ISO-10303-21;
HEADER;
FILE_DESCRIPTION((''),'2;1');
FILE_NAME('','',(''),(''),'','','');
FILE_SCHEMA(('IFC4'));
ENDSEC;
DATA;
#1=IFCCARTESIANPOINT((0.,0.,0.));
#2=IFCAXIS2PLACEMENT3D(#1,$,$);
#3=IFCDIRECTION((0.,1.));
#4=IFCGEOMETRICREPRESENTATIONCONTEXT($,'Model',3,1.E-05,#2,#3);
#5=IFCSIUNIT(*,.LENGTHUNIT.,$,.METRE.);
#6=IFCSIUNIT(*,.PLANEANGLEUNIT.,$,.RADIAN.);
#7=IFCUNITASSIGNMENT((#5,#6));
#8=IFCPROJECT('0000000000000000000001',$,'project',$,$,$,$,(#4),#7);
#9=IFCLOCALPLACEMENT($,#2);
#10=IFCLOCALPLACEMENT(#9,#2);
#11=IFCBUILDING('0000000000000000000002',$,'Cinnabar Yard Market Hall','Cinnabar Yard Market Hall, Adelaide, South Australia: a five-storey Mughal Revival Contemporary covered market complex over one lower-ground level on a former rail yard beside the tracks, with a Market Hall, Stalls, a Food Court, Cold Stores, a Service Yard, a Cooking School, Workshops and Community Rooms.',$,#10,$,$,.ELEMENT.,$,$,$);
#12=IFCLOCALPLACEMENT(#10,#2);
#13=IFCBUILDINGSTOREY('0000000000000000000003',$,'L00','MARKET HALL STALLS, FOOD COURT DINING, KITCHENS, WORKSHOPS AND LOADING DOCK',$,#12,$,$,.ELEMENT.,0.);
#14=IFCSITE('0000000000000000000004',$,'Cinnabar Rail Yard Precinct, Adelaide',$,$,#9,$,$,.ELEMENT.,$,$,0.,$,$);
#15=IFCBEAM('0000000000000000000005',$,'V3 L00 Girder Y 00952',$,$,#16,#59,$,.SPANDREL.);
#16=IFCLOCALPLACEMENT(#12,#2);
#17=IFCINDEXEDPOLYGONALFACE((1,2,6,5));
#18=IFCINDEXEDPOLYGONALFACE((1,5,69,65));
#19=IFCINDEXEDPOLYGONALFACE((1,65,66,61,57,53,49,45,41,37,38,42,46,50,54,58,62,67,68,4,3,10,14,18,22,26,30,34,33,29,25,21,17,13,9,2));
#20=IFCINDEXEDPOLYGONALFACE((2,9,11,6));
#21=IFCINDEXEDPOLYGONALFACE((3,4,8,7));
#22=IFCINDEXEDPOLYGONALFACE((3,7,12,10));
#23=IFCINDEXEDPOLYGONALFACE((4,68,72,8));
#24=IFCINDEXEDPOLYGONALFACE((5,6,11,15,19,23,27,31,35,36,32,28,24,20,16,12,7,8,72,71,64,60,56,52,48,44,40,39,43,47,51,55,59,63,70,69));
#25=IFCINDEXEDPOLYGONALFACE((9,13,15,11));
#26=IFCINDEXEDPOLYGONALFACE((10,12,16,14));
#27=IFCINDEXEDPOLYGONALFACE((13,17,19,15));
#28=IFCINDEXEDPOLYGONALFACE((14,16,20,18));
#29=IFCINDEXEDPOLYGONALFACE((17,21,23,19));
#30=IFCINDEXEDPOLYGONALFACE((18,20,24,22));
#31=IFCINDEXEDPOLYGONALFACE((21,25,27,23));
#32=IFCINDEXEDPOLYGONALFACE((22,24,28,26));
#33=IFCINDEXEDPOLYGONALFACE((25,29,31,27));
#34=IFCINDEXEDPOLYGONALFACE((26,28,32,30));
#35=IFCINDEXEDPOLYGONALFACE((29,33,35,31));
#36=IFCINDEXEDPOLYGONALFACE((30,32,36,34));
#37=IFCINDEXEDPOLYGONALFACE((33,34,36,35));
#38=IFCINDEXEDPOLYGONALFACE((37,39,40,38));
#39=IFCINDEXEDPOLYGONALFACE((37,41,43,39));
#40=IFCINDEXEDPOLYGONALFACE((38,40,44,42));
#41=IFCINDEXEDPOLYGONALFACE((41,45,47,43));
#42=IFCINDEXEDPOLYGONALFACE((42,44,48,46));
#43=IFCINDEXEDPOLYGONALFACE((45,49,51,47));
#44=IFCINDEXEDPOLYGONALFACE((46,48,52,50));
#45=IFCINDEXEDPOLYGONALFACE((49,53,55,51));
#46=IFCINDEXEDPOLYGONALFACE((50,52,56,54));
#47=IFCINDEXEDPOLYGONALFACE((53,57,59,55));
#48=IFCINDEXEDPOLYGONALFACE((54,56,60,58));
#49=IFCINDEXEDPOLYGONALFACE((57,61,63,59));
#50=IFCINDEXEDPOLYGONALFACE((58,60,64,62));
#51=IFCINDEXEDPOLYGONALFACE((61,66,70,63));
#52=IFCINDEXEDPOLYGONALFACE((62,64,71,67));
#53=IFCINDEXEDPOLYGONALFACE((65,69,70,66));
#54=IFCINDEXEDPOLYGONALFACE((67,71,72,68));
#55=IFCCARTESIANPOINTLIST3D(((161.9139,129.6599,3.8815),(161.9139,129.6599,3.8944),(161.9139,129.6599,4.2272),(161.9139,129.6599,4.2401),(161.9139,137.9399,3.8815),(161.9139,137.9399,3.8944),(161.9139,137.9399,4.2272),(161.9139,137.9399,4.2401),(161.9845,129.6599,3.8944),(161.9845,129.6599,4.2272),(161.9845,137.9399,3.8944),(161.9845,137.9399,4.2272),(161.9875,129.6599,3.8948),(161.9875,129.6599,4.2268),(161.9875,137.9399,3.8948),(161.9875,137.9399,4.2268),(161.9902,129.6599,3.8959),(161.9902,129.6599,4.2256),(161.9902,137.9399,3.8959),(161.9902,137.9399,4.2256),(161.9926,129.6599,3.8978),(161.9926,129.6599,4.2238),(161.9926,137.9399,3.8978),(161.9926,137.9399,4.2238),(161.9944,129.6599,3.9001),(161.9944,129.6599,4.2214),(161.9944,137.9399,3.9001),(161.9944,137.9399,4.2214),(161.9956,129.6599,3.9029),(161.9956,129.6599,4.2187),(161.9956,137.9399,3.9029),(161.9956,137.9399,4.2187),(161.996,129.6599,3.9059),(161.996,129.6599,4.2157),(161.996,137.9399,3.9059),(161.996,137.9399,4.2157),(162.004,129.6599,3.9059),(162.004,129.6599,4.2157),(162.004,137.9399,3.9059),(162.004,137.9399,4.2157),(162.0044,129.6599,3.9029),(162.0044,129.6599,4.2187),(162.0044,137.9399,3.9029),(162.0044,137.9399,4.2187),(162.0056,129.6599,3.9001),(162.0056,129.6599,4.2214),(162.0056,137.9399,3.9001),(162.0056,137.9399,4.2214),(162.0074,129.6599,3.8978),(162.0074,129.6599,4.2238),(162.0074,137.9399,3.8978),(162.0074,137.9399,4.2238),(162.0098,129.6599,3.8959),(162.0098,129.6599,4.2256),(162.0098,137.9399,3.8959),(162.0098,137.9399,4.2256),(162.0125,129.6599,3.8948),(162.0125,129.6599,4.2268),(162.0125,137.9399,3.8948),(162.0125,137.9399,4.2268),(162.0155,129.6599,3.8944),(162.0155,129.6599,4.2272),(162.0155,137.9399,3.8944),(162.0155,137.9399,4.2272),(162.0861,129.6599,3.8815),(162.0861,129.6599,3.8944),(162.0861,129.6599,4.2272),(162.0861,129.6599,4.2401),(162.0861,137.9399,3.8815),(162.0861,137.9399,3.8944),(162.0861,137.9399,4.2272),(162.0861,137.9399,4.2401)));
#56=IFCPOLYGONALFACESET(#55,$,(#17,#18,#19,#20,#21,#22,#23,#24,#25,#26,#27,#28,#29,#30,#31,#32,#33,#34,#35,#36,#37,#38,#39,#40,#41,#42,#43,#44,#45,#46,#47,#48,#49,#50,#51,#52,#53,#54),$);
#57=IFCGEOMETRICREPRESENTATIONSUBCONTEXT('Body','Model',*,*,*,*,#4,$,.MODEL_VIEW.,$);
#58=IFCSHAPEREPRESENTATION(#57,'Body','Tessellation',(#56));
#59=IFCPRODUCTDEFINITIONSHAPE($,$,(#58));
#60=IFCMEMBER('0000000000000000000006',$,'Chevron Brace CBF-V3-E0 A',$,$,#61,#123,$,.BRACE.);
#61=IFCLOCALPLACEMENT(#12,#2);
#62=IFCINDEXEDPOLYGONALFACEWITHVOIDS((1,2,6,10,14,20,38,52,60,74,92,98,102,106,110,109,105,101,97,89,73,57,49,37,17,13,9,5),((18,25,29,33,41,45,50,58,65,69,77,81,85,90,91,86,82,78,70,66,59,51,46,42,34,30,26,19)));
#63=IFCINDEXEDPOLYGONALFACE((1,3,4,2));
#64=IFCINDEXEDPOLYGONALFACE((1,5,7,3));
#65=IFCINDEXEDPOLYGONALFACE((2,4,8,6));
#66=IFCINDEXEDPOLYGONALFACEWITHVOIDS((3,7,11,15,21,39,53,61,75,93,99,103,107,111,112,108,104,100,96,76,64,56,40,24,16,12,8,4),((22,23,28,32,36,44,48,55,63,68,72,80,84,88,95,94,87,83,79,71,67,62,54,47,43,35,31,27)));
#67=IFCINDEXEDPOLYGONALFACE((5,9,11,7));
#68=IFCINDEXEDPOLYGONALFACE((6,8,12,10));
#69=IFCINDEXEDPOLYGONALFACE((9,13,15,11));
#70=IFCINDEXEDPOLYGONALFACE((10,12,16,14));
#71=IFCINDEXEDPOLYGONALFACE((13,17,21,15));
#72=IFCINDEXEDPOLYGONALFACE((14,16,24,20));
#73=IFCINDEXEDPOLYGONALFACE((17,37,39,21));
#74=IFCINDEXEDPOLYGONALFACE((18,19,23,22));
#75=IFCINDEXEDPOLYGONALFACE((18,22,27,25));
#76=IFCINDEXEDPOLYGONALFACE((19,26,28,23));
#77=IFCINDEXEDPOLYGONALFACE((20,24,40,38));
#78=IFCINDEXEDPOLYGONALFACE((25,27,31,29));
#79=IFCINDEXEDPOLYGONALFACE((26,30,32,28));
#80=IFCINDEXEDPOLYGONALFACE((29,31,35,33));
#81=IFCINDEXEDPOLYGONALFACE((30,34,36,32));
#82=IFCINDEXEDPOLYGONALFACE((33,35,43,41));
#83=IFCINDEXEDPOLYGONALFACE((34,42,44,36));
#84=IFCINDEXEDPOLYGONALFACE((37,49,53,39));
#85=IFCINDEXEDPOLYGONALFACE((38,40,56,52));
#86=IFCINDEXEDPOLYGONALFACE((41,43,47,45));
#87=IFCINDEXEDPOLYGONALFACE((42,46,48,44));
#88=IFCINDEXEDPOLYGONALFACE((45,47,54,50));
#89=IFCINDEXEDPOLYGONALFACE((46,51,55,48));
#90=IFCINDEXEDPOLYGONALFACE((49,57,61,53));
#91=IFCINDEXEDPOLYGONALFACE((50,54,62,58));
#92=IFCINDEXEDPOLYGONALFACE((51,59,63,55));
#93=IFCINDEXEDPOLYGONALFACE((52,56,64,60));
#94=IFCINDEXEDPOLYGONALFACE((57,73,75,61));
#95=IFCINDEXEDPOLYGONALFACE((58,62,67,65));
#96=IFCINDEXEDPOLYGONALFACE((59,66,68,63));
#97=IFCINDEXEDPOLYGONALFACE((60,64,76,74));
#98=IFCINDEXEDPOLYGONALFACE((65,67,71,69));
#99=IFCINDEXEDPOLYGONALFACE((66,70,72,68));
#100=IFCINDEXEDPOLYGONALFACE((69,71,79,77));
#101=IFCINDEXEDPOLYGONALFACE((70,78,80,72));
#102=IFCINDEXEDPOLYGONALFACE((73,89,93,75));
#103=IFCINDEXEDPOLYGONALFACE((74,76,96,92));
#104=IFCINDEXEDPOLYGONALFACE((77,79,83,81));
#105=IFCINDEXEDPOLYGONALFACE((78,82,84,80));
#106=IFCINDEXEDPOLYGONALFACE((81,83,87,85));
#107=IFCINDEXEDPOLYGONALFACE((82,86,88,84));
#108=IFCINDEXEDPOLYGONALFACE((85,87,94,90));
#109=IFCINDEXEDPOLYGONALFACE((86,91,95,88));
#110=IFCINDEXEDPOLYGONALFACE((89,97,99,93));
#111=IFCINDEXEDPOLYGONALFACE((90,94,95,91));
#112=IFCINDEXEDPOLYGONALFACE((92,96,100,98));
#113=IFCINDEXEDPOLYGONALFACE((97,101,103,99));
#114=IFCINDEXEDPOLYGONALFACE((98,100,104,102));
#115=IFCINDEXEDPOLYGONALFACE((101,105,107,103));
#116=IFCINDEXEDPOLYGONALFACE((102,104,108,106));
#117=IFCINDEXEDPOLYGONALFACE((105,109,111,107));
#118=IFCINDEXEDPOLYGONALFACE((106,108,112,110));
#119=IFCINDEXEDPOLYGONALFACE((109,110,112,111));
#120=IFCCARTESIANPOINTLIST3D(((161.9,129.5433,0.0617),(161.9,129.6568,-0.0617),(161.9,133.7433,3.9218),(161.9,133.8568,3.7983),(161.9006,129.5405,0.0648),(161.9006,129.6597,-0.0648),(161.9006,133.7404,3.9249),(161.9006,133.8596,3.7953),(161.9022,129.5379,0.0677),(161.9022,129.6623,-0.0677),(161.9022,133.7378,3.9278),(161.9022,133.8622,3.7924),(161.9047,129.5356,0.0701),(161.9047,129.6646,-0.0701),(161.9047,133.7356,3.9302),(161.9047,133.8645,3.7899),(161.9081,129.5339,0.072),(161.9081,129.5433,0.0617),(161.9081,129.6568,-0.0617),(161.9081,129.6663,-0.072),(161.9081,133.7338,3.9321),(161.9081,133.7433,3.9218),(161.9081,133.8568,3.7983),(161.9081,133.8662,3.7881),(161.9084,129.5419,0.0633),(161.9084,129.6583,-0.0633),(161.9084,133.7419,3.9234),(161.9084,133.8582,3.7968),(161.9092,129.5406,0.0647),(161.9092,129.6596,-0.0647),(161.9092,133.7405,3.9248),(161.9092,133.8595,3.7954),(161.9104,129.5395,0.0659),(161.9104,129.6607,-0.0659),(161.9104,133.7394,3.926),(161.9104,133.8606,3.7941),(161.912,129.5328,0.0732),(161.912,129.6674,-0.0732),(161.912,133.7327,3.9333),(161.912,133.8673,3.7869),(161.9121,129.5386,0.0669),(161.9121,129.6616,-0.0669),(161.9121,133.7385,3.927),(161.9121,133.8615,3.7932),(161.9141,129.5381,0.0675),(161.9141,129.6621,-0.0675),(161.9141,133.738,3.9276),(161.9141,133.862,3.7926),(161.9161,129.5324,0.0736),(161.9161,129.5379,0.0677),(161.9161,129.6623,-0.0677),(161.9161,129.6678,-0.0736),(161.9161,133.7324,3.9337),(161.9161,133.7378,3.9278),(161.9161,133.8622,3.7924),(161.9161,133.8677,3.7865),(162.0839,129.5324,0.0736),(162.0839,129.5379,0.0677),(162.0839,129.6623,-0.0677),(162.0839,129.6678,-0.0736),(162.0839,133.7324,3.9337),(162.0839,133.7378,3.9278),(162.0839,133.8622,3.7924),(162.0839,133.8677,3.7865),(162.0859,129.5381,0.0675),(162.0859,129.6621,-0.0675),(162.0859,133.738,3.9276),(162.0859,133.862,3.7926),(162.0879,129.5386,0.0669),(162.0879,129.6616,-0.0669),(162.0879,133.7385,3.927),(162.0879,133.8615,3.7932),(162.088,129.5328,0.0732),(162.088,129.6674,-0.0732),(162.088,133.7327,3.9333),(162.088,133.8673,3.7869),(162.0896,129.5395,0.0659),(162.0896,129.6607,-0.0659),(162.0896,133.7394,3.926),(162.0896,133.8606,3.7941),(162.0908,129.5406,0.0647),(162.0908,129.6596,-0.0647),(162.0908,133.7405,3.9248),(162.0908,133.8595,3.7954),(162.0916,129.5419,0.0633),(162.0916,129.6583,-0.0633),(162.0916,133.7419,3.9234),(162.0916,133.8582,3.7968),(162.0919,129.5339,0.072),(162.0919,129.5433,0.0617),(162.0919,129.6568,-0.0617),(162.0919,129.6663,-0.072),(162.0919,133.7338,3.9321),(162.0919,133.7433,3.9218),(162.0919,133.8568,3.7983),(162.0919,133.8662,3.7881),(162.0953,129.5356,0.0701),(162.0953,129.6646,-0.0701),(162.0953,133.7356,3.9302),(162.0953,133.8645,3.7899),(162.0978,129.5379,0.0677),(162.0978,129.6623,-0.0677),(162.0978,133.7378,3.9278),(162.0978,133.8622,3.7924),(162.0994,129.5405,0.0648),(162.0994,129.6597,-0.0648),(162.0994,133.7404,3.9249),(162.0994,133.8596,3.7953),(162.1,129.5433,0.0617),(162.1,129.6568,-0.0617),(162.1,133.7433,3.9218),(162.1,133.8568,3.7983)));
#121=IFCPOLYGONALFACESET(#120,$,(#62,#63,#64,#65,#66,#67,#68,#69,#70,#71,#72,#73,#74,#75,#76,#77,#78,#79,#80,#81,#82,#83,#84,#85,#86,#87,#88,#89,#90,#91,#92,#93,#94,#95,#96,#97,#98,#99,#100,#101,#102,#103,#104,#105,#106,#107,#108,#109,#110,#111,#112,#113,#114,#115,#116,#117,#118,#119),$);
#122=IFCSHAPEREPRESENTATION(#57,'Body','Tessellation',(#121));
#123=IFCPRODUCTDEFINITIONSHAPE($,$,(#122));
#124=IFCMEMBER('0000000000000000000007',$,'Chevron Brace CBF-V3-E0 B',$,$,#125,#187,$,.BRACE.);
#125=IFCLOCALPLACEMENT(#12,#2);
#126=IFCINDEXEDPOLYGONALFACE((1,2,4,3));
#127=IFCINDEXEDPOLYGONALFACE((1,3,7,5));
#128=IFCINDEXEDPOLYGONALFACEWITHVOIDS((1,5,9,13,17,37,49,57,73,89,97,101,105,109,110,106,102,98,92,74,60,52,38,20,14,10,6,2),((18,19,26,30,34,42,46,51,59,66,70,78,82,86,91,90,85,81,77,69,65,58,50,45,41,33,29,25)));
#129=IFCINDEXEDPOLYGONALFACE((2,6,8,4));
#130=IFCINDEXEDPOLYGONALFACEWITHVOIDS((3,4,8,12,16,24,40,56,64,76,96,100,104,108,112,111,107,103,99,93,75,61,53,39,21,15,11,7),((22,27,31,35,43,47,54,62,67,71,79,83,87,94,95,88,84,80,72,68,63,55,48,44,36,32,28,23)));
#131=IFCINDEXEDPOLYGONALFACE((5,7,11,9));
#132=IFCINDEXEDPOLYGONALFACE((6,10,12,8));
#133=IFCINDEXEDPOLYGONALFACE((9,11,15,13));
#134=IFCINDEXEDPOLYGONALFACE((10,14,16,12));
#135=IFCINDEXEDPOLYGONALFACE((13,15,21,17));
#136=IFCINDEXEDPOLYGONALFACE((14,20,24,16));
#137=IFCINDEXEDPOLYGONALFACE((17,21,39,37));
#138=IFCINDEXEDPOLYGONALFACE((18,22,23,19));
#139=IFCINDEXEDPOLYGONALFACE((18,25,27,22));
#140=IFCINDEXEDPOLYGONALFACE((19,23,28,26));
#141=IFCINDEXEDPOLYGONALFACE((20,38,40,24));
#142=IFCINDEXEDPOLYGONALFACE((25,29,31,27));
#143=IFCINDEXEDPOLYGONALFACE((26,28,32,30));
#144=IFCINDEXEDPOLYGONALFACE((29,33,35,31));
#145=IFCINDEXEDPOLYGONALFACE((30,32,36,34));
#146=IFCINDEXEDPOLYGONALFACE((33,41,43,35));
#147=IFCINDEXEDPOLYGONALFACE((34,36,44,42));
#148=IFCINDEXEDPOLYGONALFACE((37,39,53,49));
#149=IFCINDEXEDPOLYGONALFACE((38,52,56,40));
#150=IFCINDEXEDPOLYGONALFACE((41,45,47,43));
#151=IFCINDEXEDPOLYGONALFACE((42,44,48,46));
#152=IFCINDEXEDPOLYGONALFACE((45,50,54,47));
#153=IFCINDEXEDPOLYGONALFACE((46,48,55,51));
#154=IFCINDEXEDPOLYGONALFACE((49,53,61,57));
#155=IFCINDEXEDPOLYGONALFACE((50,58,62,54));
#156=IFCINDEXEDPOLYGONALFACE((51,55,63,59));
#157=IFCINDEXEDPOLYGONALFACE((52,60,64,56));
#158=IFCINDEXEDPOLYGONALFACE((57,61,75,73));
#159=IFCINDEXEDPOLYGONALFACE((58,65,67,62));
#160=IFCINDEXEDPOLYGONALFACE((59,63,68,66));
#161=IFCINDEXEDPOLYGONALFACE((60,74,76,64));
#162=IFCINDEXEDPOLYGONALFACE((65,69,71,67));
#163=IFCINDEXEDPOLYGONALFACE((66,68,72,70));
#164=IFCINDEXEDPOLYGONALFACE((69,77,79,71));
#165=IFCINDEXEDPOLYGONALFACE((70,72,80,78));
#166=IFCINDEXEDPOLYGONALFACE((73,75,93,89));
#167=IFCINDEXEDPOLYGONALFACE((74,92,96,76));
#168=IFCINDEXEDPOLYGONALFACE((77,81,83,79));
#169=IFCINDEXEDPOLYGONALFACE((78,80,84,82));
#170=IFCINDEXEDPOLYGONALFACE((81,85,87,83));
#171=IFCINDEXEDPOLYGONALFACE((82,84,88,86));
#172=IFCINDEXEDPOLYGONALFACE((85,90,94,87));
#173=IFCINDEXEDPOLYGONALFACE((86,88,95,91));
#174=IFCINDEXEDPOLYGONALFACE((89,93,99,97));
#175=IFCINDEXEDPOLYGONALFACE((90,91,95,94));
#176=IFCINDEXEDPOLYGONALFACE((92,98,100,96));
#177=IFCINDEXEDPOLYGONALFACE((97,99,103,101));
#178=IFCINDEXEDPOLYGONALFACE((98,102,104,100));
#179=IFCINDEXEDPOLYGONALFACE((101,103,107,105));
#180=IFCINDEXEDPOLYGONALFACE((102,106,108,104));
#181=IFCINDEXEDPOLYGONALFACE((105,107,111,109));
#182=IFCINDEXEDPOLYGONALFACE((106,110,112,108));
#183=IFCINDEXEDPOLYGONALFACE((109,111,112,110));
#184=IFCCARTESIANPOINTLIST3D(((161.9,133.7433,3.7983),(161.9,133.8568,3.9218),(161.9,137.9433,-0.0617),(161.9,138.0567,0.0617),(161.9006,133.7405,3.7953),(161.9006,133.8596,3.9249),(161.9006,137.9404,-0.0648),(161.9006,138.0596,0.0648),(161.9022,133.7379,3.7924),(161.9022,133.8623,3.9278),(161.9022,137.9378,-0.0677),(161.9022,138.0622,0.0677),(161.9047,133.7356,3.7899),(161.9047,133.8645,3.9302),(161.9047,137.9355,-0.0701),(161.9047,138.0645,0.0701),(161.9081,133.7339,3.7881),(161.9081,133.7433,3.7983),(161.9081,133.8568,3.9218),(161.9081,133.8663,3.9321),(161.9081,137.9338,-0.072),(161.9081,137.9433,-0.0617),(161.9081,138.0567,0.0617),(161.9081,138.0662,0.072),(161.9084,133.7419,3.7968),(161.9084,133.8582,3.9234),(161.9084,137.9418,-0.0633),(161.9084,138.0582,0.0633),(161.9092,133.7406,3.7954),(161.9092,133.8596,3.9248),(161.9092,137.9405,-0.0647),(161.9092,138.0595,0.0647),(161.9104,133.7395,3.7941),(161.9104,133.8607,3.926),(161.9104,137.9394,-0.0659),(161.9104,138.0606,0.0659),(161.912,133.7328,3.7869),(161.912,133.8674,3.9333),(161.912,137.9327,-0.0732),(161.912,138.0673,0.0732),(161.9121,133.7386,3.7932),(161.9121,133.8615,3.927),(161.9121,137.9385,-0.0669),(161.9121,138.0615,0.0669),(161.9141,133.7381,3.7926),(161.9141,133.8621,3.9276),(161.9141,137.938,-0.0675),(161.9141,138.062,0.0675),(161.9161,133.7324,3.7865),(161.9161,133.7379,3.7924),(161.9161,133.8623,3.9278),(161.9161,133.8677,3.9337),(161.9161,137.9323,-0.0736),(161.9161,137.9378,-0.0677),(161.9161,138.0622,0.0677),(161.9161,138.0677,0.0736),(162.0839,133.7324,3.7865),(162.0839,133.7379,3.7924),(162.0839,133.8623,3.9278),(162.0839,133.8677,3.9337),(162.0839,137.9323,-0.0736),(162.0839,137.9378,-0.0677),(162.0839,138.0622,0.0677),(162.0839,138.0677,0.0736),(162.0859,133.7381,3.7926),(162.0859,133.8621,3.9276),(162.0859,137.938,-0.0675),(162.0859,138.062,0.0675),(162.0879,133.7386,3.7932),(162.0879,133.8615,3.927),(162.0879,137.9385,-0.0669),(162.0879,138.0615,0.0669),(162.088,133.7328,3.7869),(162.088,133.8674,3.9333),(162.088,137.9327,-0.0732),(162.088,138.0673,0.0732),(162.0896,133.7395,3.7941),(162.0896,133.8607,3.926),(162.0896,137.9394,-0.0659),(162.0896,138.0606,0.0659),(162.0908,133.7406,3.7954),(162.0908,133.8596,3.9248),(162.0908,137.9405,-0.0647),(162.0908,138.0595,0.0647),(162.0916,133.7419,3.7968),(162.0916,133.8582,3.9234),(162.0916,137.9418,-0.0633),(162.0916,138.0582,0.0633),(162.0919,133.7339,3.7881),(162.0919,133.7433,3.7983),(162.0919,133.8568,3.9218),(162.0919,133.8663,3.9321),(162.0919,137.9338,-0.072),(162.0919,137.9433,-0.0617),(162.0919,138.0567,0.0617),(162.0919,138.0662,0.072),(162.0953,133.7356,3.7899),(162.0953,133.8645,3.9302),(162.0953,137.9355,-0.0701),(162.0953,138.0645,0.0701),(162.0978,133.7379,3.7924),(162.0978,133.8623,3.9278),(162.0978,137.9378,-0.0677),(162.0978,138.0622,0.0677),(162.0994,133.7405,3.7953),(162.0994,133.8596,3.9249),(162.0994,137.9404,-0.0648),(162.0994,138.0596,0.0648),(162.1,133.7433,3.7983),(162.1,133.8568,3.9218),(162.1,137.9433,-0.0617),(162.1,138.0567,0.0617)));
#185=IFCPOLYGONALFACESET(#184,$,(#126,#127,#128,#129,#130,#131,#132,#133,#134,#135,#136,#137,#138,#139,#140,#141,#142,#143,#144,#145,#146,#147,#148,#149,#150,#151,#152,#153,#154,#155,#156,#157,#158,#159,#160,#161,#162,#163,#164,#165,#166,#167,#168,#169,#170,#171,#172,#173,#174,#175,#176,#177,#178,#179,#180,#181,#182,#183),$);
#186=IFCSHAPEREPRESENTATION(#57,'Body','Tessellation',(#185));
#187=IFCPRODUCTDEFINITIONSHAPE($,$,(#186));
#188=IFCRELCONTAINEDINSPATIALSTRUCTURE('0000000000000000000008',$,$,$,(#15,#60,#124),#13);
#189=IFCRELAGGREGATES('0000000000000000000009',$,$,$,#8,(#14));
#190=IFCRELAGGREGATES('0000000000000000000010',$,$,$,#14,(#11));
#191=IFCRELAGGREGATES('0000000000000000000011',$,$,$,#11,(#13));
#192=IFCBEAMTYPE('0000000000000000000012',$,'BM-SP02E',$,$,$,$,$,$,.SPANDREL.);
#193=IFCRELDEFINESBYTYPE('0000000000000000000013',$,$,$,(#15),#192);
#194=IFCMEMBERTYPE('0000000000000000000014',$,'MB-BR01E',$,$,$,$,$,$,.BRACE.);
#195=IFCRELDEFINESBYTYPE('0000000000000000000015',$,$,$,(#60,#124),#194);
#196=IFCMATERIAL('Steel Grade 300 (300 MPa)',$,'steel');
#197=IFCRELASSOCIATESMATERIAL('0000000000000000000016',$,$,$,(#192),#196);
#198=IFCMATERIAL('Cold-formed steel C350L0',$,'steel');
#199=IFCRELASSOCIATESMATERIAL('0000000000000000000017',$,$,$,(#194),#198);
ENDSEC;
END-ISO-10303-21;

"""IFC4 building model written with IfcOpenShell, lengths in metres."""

from ifc_helpers import new_model, si_unit, direction, frame, origin, origin_2d_with_axis, place, context, subcontext, project, spatial, hollow_rectangle, i_section, extrude, material, material_profile, profile_set, type_object, element, save


model = new_model("IFC4")

# Units and contexts
model_context = context("Model", 3, precision=1e-05, world=origin(), true_north=direction((0.0, 1.0)))
body_context = subcontext(model_context, "Body", "Model", "MODEL_VIEW")
ifc_project = project(units=[si_unit("LENGTHUNIT", "METRE"), si_unit("PLANEANGLEUNIT", "RADIAN")], contexts=[model_context])

# Site, building, storey
site_placement = place(None, origin())
site = spatial("IfcSite", under=ifc_project, at=site_placement, Name="Cinnabar Rail Yard Precinct, Adelaide", CompositionType="ELEMENT", RefElevation=0.0)
building_placement = place(site_placement, origin())
building = spatial("IfcBuilding", under=site, at=building_placement, Name="Cinnabar Yard Market Hall", Description="Cinnabar Yard Market Hall, Adelaide, South Australia: a five-storey Mughal Revival Contemporary covered market complex over one lower-ground level on a former rail yard beside the tracks, with a Market Hall, Stalls, a Food Court, Cold Stores, a Service Yard, a Cooking School, Workshops and Community Rooms.", CompositionType="ELEMENT")
storey_placement = place(building_placement, origin())
storey = spatial("IfcBuildingStorey", under=building, at=storey_placement, Name="L00", Description="MARKET HALL STALLS, FOOD COURT DINING, KITCHENS, WORKSHOPS AND LOADING DOCK", CompositionType="ELEMENT", Elevation=0.0)

# Shared definitions
ifc_material_1 = material(Name="Steel Grade 300 (300 MPa)", Category="steel")

# Beam
ifc_material_profile_1 = material_profile(ifc_material_1, i_section(OverallWidth=0.1721, OverallDepth=0.3586, WebThickness=0.0081, FlangeThickness=0.0129, FilletRadius=0.0115, at=origin_2d_with_axis()), Name="360UB56.7")
ifc_profile_set_1 = profile_set([ifc_material_profile_1], Name="Steel Grade 300 (300 MPa)")
beam_type_1 = type_object("IfcBeamType", Name="BM-SP02E", PredefinedType="SPANDREL", material=ifc_profile_set_1)
beam_1_placement = place(storey_placement, frame((162.0, 129.6599, 4.0608), z_axis=(0.0, 1.0, 0.0), x_axis=(-1.0, 0.0, 0.0)))
element("IfcBeam", 1, at=beam_1_placement, inside=storey, type_object=beam_type_1, Name="V3 L00 Girder Y 00952", PredefinedType="SPANDREL", context=body_context, shape_type="SweptSolid", body=[
    extrude(i_section(OverallWidth=0.1721, OverallDepth=0.3586, WebThickness=0.0081, FlangeThickness=0.0129, FilletRadius=0.0115, at=origin_2d_with_axis()), origin(), (0.0, 0.0, 1.0), 8.28),
])

# Members
ifc_material_2 = material(Name="Cold-formed steel C350L0", Category="steel")
ifc_material_profile_2 = material_profile(ifc_material_2, hollow_rectangle(XDim=0.2, YDim=0.2, WallThickness=0.0081, InnerFilletRadius=0.0081, OuterFilletRadius=0.0161, at=origin_2d_with_axis()), Name="200x200x8.0SHS")
ifc_profile_set_2 = profile_set([ifc_material_profile_2], Name="Cold-formed steel C350L0")
member_type = type_object("IfcMemberType", Name="MB-BR01E", PredefinedType="BRACE", material=ifc_profile_set_2)
for number, where, z_axis, x_axis, name in (
    (2, (162.0, 129.6001, 0.0), (0.0, 0.736267, 0.676691), (-1.0, 0.0, 0.0), "Chevron Brace CBF-V3-E0 A"),
    (3, (162.0, 138.0, 0.0), (0.0, -0.736267, 0.676691), (1.0, 0.0, 0.0), "Chevron Brace CBF-V3-E0 B"),
):
    element("IfcMember", number, at=place(storey_placement, frame(where, z_axis=z_axis, x_axis=x_axis)), inside=storey, type_object=member_type, Name=name, PredefinedType="BRACE", context=body_context, shape_type="SweptSolid", body=[
        extrude(hollow_rectangle(XDim=0.2, YDim=0.2, WallThickness=0.0081, InnerFilletRadius=0.0081, OuterFilletRadius=0.0161, at=origin_2d_with_axis()), origin(), (0.0, 0.0, 1.0), 5.7043),
    ])

save(model, "model.ifc")
